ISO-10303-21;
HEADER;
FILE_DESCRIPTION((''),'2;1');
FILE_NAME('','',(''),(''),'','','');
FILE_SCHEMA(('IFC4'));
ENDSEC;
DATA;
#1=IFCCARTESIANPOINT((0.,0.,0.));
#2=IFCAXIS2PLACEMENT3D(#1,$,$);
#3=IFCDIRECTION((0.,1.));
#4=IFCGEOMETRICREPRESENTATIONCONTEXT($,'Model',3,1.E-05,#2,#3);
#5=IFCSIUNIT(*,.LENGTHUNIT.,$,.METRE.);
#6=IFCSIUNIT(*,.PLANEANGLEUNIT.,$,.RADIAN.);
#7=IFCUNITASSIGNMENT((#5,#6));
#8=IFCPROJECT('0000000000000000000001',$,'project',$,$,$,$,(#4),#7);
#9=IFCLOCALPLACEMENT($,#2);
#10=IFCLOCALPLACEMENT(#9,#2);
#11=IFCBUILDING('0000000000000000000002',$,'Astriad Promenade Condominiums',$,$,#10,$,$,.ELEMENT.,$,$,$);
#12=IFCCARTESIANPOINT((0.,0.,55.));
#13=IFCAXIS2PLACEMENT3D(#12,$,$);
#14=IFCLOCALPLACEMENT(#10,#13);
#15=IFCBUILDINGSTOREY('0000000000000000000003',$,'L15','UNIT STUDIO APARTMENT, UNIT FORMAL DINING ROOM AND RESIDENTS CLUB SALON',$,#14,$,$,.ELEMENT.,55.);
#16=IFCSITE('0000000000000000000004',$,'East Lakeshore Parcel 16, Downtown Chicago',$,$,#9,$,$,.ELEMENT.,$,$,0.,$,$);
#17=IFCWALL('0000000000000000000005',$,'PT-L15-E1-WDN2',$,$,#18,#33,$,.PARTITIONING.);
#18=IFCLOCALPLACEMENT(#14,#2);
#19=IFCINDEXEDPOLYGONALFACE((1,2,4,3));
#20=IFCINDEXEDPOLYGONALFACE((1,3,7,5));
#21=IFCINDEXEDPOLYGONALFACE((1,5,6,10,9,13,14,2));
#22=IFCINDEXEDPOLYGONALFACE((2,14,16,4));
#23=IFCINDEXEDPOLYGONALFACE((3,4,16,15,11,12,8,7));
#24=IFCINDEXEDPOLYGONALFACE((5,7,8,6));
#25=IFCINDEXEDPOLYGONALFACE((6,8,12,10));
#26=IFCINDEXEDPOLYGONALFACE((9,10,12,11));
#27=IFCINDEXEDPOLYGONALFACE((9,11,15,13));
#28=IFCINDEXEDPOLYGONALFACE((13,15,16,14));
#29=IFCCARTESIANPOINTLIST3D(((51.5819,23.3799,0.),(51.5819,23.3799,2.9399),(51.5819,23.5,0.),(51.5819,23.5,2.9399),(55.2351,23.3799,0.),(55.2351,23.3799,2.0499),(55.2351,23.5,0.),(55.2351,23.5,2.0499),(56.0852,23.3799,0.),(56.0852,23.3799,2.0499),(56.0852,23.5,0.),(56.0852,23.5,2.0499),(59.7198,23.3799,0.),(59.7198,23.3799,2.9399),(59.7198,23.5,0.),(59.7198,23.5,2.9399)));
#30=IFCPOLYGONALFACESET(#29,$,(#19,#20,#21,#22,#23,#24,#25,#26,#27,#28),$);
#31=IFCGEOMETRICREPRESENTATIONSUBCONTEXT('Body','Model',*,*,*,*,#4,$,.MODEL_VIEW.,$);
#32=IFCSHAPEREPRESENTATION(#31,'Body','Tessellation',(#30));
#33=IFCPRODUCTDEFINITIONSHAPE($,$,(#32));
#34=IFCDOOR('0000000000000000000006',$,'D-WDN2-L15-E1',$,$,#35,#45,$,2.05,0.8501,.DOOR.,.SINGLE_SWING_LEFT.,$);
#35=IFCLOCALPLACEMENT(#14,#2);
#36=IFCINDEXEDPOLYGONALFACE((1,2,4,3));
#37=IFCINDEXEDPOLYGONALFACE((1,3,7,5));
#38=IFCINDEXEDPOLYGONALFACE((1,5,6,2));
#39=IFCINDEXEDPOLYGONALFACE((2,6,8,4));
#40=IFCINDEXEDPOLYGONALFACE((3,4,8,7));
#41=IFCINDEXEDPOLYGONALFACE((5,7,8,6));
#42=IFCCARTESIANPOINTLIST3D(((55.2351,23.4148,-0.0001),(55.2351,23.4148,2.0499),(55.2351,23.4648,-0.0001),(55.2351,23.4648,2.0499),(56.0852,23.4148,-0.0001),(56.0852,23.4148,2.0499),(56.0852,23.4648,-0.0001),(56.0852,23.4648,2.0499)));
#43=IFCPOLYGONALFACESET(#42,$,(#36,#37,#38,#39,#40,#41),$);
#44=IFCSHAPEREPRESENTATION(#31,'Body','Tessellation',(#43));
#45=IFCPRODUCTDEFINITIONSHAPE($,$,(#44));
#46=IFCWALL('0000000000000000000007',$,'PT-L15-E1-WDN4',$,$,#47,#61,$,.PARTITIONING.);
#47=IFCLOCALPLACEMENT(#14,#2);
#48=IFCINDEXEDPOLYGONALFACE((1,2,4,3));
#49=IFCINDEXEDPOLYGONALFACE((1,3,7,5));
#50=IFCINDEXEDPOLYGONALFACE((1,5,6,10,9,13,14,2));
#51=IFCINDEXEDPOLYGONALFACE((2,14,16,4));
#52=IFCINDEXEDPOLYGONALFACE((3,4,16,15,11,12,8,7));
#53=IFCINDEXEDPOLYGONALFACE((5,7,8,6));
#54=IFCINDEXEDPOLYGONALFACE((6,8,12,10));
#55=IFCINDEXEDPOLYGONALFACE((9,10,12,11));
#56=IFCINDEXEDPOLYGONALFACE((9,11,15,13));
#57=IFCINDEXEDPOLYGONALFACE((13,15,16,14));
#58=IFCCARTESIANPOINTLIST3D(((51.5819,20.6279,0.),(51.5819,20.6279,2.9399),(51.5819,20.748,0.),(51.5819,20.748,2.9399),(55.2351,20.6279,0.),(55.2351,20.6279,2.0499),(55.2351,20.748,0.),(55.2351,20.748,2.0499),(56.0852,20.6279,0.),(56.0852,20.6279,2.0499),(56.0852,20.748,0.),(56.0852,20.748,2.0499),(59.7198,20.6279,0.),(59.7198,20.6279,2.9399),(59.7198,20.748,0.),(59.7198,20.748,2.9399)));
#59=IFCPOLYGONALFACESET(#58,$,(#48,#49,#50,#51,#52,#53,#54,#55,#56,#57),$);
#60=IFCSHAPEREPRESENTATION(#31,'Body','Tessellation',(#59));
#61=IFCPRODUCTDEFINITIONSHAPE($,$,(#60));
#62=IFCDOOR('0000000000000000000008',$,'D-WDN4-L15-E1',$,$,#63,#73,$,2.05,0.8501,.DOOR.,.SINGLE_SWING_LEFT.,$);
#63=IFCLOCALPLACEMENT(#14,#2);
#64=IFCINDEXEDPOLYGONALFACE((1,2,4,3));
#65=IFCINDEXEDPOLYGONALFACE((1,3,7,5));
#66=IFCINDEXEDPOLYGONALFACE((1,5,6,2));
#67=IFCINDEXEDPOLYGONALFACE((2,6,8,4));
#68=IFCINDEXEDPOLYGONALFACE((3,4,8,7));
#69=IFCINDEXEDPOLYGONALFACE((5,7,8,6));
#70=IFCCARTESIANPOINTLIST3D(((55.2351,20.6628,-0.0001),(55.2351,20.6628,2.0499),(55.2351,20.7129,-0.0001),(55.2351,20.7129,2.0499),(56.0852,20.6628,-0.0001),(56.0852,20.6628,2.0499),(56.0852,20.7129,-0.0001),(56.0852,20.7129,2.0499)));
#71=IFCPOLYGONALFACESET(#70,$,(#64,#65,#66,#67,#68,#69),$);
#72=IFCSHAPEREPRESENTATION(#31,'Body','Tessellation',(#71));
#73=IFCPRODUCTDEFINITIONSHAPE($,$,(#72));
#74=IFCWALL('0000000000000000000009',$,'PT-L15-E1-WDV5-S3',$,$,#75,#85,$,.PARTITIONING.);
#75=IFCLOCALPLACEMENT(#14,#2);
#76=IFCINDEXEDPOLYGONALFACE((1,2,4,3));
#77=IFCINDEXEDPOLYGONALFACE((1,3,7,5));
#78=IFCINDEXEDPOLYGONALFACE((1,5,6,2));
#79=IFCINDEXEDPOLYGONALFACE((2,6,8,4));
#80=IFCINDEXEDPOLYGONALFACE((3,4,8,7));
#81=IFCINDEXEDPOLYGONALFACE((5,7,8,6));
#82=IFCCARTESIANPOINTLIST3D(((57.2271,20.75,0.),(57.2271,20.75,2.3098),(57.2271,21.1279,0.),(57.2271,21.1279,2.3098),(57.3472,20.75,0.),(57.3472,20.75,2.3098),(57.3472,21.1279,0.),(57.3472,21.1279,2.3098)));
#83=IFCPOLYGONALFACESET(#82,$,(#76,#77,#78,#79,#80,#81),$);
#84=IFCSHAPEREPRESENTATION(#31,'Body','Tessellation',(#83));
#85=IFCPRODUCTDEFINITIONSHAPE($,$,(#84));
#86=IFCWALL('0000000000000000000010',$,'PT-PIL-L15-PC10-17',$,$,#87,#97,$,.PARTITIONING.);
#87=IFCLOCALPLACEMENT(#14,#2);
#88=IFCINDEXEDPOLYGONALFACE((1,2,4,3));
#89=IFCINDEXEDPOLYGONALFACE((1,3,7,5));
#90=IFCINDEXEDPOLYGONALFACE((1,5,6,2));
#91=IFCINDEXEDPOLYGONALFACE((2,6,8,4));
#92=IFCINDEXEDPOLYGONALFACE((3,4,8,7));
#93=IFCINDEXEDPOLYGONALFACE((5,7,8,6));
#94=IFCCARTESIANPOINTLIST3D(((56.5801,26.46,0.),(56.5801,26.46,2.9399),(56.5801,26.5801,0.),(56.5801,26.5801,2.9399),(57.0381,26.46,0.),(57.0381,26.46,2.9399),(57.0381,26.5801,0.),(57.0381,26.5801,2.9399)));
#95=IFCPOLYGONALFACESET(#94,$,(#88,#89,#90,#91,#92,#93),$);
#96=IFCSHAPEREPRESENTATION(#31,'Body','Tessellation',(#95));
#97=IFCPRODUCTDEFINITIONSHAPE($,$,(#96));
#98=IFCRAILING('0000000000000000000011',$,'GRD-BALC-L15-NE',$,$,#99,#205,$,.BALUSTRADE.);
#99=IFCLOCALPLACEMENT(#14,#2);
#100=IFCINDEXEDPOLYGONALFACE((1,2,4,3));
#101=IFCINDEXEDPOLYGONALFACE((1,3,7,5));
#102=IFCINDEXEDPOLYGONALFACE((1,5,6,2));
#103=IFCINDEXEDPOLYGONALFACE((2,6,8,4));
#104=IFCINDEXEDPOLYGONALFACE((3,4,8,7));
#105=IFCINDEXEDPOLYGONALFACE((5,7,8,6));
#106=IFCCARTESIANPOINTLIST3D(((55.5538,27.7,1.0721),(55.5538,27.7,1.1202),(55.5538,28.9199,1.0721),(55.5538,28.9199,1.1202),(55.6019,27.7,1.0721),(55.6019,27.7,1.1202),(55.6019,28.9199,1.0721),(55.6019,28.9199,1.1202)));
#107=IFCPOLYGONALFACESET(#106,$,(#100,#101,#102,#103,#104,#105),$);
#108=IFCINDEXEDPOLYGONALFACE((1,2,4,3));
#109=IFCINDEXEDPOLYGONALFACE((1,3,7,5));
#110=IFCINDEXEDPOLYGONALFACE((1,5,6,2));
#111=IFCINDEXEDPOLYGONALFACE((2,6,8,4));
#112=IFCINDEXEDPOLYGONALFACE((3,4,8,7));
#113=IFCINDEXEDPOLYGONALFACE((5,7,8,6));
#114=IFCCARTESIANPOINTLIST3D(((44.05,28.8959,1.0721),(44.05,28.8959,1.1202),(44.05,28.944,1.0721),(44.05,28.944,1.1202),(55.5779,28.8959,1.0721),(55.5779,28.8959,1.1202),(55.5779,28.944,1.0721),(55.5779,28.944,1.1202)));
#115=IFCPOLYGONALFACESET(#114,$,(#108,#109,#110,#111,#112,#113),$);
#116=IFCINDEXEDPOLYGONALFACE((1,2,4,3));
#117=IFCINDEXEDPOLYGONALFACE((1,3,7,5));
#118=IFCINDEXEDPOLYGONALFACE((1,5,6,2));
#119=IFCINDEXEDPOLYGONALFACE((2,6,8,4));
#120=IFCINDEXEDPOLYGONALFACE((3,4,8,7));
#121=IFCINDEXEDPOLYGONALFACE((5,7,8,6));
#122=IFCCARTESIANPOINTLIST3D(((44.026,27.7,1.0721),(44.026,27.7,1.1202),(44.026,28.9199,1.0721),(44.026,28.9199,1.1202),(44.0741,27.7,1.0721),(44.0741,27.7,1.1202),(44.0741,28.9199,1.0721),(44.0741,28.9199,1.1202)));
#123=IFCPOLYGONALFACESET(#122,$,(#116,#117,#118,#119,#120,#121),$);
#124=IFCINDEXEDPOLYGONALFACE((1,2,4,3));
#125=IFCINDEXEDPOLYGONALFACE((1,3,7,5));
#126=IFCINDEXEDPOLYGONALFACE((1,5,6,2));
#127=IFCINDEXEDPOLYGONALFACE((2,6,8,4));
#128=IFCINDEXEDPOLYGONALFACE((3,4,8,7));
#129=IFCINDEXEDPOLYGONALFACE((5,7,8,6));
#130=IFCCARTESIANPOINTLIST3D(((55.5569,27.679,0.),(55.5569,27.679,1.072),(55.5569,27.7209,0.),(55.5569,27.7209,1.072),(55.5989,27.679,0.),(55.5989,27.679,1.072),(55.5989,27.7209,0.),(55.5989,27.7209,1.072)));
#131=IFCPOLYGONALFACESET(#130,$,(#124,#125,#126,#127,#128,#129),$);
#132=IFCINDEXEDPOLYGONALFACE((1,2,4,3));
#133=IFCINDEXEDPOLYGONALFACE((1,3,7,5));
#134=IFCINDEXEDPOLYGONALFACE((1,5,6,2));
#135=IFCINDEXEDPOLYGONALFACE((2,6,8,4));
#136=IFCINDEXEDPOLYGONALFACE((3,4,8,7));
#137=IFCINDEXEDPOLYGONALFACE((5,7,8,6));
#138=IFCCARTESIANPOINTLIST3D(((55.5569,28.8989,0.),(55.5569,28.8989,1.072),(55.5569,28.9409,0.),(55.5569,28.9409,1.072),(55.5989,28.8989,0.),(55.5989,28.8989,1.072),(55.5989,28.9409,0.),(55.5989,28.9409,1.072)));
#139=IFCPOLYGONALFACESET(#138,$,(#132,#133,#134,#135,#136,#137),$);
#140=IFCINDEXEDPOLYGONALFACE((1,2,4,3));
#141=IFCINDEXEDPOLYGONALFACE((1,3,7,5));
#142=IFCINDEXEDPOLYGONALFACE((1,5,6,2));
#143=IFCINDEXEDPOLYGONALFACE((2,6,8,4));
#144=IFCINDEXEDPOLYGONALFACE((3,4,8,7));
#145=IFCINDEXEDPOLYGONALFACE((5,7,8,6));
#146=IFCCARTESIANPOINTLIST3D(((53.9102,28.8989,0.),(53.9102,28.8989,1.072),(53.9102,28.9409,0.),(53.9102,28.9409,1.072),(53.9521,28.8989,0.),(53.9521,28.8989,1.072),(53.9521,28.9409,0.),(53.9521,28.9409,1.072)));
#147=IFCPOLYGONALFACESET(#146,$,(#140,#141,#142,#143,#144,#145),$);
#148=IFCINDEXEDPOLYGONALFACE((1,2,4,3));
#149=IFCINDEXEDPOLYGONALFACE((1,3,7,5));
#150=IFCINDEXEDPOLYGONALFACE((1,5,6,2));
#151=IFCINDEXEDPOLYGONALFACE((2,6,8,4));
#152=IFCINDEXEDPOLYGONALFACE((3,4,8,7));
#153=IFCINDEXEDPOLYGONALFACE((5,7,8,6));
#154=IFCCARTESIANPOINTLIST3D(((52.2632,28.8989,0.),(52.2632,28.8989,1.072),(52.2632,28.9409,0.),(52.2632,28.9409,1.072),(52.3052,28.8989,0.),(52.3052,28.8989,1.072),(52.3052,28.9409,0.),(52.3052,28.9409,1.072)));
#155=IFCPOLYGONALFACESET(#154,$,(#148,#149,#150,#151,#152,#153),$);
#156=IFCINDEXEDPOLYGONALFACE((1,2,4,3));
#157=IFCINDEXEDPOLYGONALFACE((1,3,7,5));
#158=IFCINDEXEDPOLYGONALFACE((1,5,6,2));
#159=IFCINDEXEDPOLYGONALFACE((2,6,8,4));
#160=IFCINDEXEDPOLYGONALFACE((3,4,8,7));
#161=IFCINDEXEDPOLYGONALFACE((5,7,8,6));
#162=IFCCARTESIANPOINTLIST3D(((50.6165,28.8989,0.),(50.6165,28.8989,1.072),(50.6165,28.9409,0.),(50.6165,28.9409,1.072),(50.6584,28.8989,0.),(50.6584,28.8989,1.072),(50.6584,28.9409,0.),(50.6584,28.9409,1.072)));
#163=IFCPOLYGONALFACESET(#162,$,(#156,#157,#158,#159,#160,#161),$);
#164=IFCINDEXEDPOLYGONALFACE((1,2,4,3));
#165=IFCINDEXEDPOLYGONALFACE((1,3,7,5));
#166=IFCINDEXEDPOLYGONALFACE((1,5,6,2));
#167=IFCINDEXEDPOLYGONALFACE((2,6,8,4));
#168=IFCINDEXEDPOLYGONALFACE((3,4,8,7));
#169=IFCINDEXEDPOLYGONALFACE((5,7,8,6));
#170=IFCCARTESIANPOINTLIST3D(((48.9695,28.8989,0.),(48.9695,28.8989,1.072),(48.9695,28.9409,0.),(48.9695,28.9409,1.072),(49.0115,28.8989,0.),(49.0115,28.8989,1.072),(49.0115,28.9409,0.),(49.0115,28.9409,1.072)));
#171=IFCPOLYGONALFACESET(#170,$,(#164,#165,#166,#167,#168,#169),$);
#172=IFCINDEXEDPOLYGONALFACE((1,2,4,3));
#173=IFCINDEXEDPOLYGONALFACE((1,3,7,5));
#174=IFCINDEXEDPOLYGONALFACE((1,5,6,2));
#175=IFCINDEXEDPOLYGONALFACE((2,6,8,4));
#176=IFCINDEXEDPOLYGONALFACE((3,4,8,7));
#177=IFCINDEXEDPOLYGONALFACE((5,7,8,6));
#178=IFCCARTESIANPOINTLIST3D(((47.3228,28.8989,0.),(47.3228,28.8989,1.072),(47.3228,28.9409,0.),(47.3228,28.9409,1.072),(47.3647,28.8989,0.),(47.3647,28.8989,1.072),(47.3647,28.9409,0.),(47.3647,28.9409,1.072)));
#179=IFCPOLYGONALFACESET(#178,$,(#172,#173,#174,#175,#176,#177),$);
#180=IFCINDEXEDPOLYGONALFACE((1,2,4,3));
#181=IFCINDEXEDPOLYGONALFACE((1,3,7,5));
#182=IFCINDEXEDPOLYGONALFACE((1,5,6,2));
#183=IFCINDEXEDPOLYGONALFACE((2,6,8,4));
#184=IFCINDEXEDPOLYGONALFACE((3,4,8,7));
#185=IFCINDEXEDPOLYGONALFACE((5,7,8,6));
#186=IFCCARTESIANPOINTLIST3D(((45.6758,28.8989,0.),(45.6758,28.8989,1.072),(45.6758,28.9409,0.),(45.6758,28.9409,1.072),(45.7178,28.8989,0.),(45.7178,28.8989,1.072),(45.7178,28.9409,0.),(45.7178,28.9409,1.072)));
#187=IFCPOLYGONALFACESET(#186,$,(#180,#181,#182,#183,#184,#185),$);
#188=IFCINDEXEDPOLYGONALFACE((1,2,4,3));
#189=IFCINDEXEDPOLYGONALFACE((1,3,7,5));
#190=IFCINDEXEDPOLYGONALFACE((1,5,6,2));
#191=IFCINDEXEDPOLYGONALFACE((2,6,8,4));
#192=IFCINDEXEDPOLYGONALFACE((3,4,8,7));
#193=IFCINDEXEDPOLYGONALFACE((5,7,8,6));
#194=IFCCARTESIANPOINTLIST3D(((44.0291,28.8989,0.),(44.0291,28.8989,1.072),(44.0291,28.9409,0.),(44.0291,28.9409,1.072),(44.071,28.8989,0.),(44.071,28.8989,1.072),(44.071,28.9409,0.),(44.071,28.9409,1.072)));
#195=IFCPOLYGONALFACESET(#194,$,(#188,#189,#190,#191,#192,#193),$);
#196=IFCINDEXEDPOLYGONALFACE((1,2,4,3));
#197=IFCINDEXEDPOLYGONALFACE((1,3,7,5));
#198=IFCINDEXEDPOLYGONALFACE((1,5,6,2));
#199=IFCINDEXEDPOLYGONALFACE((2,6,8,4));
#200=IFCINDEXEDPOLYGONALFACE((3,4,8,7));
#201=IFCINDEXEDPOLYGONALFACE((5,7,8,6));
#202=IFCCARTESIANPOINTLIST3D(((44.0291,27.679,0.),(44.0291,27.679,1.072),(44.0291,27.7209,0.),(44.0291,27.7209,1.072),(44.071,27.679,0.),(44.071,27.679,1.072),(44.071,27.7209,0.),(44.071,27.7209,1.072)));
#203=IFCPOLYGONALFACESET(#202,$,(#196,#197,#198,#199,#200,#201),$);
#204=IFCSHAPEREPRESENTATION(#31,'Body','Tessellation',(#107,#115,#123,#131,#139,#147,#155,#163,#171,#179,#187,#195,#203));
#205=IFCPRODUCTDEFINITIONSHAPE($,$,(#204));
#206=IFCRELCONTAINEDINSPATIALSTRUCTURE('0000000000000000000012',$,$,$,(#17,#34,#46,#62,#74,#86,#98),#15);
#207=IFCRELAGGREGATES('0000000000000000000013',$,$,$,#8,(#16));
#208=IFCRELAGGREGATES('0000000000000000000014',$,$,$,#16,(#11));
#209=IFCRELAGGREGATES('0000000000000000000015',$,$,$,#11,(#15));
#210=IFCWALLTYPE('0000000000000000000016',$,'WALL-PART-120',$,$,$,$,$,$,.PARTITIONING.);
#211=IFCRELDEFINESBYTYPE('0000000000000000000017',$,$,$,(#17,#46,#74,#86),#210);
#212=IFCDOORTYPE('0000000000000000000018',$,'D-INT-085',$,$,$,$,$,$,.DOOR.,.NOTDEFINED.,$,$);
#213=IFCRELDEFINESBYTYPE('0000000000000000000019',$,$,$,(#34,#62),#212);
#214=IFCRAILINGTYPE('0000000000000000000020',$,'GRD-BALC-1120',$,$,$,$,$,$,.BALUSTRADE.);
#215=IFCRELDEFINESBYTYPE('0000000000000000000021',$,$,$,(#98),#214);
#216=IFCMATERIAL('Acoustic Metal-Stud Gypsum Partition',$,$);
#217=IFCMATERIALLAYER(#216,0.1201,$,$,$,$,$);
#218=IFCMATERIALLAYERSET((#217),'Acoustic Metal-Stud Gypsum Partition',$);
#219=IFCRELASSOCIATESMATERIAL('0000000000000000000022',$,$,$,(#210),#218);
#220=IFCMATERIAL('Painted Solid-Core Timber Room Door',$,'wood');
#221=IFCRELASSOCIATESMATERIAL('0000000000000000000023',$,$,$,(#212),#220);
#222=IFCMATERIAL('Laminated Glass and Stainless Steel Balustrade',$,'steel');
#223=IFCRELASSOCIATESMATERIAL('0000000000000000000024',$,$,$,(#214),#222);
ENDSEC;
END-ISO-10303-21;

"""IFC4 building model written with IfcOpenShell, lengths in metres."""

from ifc_helpers import new_model, si_unit, direction, frame, frame_2d, origin, origin_2d, place, context, subcontext, project, spatial, rectangle, extrude, source, transform, mapped, material, layer, layer_set, type_object, type_shapes, element, fill, save


model = new_model("IFC4")

# Units and contexts
model_context = context("Model", 3, precision=1e-05, world=origin(), true_north=direction((0.0, 1.0)))
body_context = subcontext(model_context, "Body", "Model", "MODEL_VIEW")
ifc_project = project(units=[si_unit("LENGTHUNIT", "METRE"), si_unit("PLANEANGLEUNIT", "RADIAN")], contexts=[model_context])

# Site, building, storey
site_placement = place(None, origin())
site = spatial("IfcSite", under=ifc_project, at=site_placement, Name="East Lakeshore Parcel 16, Downtown Chicago", CompositionType="ELEMENT", RefElevation=0.0)
building_placement = place(site_placement, origin())
building = spatial("IfcBuilding", under=site, at=building_placement, Name="Astriad Promenade Condominiums", CompositionType="ELEMENT")
storey_placement = place(building_placement, frame((0.0, 0.0, 55.0)))
storey = spatial("IfcBuildingStorey", under=building, at=storey_placement, Name="L15", Description="UNIT STUDIO APARTMENT, UNIT FORMAL DINING ROOM AND RESIDENTS CLUB SALON", CompositionType="ELEMENT", Elevation=55.0)

# Shared definitions
ifc_material_1 = material(Name="Acoustic Metal-Stud Gypsum Partition")
ifc_layer_1 = layer(ifc_material_1, 0.1201)
ifc_layer_set_1 = layer_set([ifc_layer_1], Name="Acoustic Metal-Stud Gypsum Partition")
wall_type_1 = type_object("IfcWallType", Name="WALL-PART-120", PredefinedType="PARTITIONING", material=ifc_layer_set_1)

# Walls, openings, doors
wall_1_placement = place(storey_placement, frame((51.582, 23.4399, 0.0), z_axis=(0.0, 0.0, 1.0), x_axis=(1.0, 0.0, 0.0)))
wall_1 = element("IfcWall", 1, at=wall_1_placement, inside=storey, type_object=wall_type_1, Name="PT-L15-E1-WDN2", PredefinedType="PARTITIONING", context=body_context, shape_type="SweptSolid", body=[
    extrude(rectangle(XDim=8.1379, YDim=0.1201, at=frame_2d((4.0688, 0.0))), origin(), (0.0, 0.0, 1.0), 2.9399),
])
opening_1_placement = place(wall_1_placement, frame((3.6531, 0.0, 0.0)))
opening_1 = element("IfcOpeningElement", 2, at=opening_1_placement, cuts=wall_1, PredefinedType="OPENING", context=body_context, shape_type="SweptSolid", body=[
    extrude(rectangle(XDim=0.8501, YDim=2.05, at=frame_2d((0.425, 1.0249))), frame((0.0, 0.0701, 0.0), z_axis=(0.0, -1.0, 0.0), x_axis=(1.0, 0.0, 0.0)), (0.0, 0.0, 1.0), 0.1401),
])
ifc_material_2 = material(Name="Painted Solid-Core Timber Room Door", Category="wood")
door_type = type_object("IfcDoorType", Name="D-INT-085", OperationType="NOTDEFINED", PredefinedType="DOOR", material=ifc_material_2)
shared_shape_1 = source(origin(), body_context, "Body", "SweptSolid", [
    extrude(rectangle(XDim=0.8501, YDim=2.05, at=frame_2d((0.425, 1.0249))), frame((0.0, 0.0249, 0.0), z_axis=(0.0, -1.0, 0.0), x_axis=(1.0, 0.0, 0.0)), (0.0, 0.0, 1.0), 0.05),
])
type_shapes(door_type, [shared_shape_1])
door_1_placement = place(opening_1_placement, origin())
door_1 = element("IfcDoor", 3, at=door_1_placement, inside=storey, type_object=door_type, Name="D-WDN2-L15-E1", OperationType="SINGLE_SWING_LEFT", OverallHeight=2.05, OverallWidth=0.8501, PredefinedType="DOOR", context=body_context, shape_type="MappedRepresentation", body=[
    mapped(shared_shape_1, transform((0.0, 0.0, 0.0), scale=1.0)),
])
fill(opening_1, door_1)
wall_2_placement = place(storey_placement, frame((51.582, 20.688, 0.0), z_axis=(0.0, 0.0, 1.0), x_axis=(1.0, 0.0, 0.0)))
wall_2 = element("IfcWall", 4, at=wall_2_placement, inside=storey, type_object=wall_type_1, Name="PT-L15-E1-WDN4", PredefinedType="PARTITIONING", context=body_context, shape_type="SweptSolid", body=[
    extrude(rectangle(XDim=8.1379, YDim=0.1201, at=frame_2d((4.0688, 0.0))), origin(), (0.0, 0.0, 1.0), 2.9399),
])
opening_2_placement = place(wall_2_placement, frame((3.6531, 0.0, 0.0)))
opening_2 = element("IfcOpeningElement", 5, at=opening_2_placement, cuts=wall_2, PredefinedType="OPENING", context=body_context, shape_type="SweptSolid", body=[
    extrude(rectangle(XDim=0.8501, YDim=2.05, at=frame_2d((0.425, 1.0249))), frame((0.0, 0.0701, 0.0), z_axis=(0.0, -1.0, 0.0), x_axis=(1.0, 0.0, 0.0)), (0.0, 0.0, 1.0), 0.1401),
])
door_2_placement = place(opening_2_placement, origin())
door_2 = element("IfcDoor", 6, at=door_2_placement, inside=storey, type_object=door_type, Name="D-WDN4-L15-E1", OperationType="SINGLE_SWING_LEFT", OverallHeight=2.05, OverallWidth=0.8501, PredefinedType="DOOR", context=body_context, shape_type="MappedRepresentation", body=[
    mapped(shared_shape_1, transform((0.0, 0.0, 0.0), scale=1.0)),
])
fill(opening_2, door_2)

# Walls
wall_3_placement = place(storey_placement, frame((57.2871, 20.75, 0.0), z_axis=(0.0, 0.0, 1.0), x_axis=(0.0, 1.0, 0.0)))
element("IfcWall", 7, at=wall_3_placement, inside=storey, type_object=wall_type_1, Name="PT-L15-E1-WDV5-S3", PredefinedType="PARTITIONING", context=body_context, shape_type="SweptSolid", body=[
    extrude(rectangle(XDim=0.3779, YDim=0.1201, at=frame_2d((0.189, 0.0))), origin(), (0.0, 0.0, 1.0), 2.3098),
])
wall_4_placement = place(storey_placement, frame((56.5801, 26.52, 0.0), z_axis=(0.0, 0.0, 1.0), x_axis=(1.0, 0.0, 0.0)))
element("IfcWall", 8, at=wall_4_placement, inside=storey, type_object=wall_type_1, Name="PT-PIL-L15-PC10-17", PredefinedType="PARTITIONING", context=body_context, shape_type="SweptSolid", body=[
    extrude(rectangle(XDim=0.458, YDim=0.1201, at=frame_2d((0.229, 0.0))), origin(), (0.0, 0.0, 1.0), 2.9399),
])

# Railing
ifc_material_3 = material(Name="Laminated Glass and Stainless Steel Balustrade", Category="steel")
railing_type = type_object("IfcRailingType", Name="GRD-BALC-1120", PredefinedType="BALUSTRADE", material=ifc_material_3)
shared_shape_2 = source(origin(), body_context, "Body", "SweptSolid", [
    extrude(rectangle(XDim=0.0481, YDim=0.0481, at=origin_2d()), frame((0.0, 0.0, 1.0962), z_axis=(0.0, 1.0, 0.0), x_axis=(-1.0, 0.0, 0.0)), (0.0, 0.0, 1.0), 1.22),
    extrude(rectangle(XDim=0.0481, YDim=0.0481, at=origin_2d()), frame((0.0, 1.22, 1.0962), z_axis=(-1.0, 0.0, 0.0), x_axis=(0.0, -1.0, 0.0)), (0.0, 0.0, 1.0), 11.5278),
    extrude(rectangle(XDim=0.0481, YDim=0.0481, at=origin_2d()), frame((-11.5278, 1.22, 1.0962), z_axis=(0.0, -1.0, 0.0), x_axis=(1.0, 0.0, 0.0)), (0.0, 0.0, 1.0), 1.22),
    extrude(rectangle(XDim=0.042, YDim=0.042, at=origin_2d()), origin(), (0.0, 0.0, 1.0), 1.072),
    extrude(rectangle(XDim=0.042, YDim=0.042, at=origin_2d()), frame((0.0, 1.22, 0.0)), (0.0, 0.0, 1.0), 1.072),
    extrude(rectangle(XDim=0.042, YDim=0.042, at=origin_2d()), frame((-1.6467, 1.22, 0.0)), (0.0, 0.0, 1.0), 1.072),
    extrude(rectangle(XDim=0.042, YDim=0.042, at=origin_2d()), frame((-3.2937, 1.22, 0.0)), (0.0, 0.0, 1.0), 1.072),
    extrude(rectangle(XDim=0.042, YDim=0.042, at=origin_2d()), frame((-4.9404, 1.22, 0.0)), (0.0, 0.0, 1.0), 1.072),
    extrude(rectangle(XDim=0.042, YDim=0.042, at=origin_2d()), frame((-6.5874, 1.22, 0.0)), (0.0, 0.0, 1.0), 1.072),
    extrude(rectangle(XDim=0.042, YDim=0.042, at=origin_2d()), frame((-8.2341, 1.22, 0.0)), (0.0, 0.0, 1.0), 1.072),
    extrude(rectangle(XDim=0.042, YDim=0.042, at=origin_2d()), frame((-9.8811, 1.22, 0.0)), (0.0, 0.0, 1.0), 1.072),
    extrude(rectangle(XDim=0.042, YDim=0.042, at=origin_2d()), frame((-11.5278, 1.22, 0.0)), (0.0, 0.0, 1.0), 1.072),
    extrude(rectangle(XDim=0.042, YDim=0.042, at=origin_2d()), frame((-11.5278, 0.0, 0.0)), (0.0, 0.0, 1.0), 1.072),
])
type_shapes(railing_type, [shared_shape_2])
railing_placement = place(storey_placement, frame((55.5779, 27.7, 0.0)))
element("IfcRailing", 9, at=railing_placement, inside=storey, type_object=railing_type, Name="GRD-BALC-L15-NE", PredefinedType="BALUSTRADE", context=body_context, shape_type="MappedRepresentation", body=[
    mapped(shared_shape_2, transform((0.0, 0.0, 0.0), scale=1.0)),
])

save(model, "model.ifc")
